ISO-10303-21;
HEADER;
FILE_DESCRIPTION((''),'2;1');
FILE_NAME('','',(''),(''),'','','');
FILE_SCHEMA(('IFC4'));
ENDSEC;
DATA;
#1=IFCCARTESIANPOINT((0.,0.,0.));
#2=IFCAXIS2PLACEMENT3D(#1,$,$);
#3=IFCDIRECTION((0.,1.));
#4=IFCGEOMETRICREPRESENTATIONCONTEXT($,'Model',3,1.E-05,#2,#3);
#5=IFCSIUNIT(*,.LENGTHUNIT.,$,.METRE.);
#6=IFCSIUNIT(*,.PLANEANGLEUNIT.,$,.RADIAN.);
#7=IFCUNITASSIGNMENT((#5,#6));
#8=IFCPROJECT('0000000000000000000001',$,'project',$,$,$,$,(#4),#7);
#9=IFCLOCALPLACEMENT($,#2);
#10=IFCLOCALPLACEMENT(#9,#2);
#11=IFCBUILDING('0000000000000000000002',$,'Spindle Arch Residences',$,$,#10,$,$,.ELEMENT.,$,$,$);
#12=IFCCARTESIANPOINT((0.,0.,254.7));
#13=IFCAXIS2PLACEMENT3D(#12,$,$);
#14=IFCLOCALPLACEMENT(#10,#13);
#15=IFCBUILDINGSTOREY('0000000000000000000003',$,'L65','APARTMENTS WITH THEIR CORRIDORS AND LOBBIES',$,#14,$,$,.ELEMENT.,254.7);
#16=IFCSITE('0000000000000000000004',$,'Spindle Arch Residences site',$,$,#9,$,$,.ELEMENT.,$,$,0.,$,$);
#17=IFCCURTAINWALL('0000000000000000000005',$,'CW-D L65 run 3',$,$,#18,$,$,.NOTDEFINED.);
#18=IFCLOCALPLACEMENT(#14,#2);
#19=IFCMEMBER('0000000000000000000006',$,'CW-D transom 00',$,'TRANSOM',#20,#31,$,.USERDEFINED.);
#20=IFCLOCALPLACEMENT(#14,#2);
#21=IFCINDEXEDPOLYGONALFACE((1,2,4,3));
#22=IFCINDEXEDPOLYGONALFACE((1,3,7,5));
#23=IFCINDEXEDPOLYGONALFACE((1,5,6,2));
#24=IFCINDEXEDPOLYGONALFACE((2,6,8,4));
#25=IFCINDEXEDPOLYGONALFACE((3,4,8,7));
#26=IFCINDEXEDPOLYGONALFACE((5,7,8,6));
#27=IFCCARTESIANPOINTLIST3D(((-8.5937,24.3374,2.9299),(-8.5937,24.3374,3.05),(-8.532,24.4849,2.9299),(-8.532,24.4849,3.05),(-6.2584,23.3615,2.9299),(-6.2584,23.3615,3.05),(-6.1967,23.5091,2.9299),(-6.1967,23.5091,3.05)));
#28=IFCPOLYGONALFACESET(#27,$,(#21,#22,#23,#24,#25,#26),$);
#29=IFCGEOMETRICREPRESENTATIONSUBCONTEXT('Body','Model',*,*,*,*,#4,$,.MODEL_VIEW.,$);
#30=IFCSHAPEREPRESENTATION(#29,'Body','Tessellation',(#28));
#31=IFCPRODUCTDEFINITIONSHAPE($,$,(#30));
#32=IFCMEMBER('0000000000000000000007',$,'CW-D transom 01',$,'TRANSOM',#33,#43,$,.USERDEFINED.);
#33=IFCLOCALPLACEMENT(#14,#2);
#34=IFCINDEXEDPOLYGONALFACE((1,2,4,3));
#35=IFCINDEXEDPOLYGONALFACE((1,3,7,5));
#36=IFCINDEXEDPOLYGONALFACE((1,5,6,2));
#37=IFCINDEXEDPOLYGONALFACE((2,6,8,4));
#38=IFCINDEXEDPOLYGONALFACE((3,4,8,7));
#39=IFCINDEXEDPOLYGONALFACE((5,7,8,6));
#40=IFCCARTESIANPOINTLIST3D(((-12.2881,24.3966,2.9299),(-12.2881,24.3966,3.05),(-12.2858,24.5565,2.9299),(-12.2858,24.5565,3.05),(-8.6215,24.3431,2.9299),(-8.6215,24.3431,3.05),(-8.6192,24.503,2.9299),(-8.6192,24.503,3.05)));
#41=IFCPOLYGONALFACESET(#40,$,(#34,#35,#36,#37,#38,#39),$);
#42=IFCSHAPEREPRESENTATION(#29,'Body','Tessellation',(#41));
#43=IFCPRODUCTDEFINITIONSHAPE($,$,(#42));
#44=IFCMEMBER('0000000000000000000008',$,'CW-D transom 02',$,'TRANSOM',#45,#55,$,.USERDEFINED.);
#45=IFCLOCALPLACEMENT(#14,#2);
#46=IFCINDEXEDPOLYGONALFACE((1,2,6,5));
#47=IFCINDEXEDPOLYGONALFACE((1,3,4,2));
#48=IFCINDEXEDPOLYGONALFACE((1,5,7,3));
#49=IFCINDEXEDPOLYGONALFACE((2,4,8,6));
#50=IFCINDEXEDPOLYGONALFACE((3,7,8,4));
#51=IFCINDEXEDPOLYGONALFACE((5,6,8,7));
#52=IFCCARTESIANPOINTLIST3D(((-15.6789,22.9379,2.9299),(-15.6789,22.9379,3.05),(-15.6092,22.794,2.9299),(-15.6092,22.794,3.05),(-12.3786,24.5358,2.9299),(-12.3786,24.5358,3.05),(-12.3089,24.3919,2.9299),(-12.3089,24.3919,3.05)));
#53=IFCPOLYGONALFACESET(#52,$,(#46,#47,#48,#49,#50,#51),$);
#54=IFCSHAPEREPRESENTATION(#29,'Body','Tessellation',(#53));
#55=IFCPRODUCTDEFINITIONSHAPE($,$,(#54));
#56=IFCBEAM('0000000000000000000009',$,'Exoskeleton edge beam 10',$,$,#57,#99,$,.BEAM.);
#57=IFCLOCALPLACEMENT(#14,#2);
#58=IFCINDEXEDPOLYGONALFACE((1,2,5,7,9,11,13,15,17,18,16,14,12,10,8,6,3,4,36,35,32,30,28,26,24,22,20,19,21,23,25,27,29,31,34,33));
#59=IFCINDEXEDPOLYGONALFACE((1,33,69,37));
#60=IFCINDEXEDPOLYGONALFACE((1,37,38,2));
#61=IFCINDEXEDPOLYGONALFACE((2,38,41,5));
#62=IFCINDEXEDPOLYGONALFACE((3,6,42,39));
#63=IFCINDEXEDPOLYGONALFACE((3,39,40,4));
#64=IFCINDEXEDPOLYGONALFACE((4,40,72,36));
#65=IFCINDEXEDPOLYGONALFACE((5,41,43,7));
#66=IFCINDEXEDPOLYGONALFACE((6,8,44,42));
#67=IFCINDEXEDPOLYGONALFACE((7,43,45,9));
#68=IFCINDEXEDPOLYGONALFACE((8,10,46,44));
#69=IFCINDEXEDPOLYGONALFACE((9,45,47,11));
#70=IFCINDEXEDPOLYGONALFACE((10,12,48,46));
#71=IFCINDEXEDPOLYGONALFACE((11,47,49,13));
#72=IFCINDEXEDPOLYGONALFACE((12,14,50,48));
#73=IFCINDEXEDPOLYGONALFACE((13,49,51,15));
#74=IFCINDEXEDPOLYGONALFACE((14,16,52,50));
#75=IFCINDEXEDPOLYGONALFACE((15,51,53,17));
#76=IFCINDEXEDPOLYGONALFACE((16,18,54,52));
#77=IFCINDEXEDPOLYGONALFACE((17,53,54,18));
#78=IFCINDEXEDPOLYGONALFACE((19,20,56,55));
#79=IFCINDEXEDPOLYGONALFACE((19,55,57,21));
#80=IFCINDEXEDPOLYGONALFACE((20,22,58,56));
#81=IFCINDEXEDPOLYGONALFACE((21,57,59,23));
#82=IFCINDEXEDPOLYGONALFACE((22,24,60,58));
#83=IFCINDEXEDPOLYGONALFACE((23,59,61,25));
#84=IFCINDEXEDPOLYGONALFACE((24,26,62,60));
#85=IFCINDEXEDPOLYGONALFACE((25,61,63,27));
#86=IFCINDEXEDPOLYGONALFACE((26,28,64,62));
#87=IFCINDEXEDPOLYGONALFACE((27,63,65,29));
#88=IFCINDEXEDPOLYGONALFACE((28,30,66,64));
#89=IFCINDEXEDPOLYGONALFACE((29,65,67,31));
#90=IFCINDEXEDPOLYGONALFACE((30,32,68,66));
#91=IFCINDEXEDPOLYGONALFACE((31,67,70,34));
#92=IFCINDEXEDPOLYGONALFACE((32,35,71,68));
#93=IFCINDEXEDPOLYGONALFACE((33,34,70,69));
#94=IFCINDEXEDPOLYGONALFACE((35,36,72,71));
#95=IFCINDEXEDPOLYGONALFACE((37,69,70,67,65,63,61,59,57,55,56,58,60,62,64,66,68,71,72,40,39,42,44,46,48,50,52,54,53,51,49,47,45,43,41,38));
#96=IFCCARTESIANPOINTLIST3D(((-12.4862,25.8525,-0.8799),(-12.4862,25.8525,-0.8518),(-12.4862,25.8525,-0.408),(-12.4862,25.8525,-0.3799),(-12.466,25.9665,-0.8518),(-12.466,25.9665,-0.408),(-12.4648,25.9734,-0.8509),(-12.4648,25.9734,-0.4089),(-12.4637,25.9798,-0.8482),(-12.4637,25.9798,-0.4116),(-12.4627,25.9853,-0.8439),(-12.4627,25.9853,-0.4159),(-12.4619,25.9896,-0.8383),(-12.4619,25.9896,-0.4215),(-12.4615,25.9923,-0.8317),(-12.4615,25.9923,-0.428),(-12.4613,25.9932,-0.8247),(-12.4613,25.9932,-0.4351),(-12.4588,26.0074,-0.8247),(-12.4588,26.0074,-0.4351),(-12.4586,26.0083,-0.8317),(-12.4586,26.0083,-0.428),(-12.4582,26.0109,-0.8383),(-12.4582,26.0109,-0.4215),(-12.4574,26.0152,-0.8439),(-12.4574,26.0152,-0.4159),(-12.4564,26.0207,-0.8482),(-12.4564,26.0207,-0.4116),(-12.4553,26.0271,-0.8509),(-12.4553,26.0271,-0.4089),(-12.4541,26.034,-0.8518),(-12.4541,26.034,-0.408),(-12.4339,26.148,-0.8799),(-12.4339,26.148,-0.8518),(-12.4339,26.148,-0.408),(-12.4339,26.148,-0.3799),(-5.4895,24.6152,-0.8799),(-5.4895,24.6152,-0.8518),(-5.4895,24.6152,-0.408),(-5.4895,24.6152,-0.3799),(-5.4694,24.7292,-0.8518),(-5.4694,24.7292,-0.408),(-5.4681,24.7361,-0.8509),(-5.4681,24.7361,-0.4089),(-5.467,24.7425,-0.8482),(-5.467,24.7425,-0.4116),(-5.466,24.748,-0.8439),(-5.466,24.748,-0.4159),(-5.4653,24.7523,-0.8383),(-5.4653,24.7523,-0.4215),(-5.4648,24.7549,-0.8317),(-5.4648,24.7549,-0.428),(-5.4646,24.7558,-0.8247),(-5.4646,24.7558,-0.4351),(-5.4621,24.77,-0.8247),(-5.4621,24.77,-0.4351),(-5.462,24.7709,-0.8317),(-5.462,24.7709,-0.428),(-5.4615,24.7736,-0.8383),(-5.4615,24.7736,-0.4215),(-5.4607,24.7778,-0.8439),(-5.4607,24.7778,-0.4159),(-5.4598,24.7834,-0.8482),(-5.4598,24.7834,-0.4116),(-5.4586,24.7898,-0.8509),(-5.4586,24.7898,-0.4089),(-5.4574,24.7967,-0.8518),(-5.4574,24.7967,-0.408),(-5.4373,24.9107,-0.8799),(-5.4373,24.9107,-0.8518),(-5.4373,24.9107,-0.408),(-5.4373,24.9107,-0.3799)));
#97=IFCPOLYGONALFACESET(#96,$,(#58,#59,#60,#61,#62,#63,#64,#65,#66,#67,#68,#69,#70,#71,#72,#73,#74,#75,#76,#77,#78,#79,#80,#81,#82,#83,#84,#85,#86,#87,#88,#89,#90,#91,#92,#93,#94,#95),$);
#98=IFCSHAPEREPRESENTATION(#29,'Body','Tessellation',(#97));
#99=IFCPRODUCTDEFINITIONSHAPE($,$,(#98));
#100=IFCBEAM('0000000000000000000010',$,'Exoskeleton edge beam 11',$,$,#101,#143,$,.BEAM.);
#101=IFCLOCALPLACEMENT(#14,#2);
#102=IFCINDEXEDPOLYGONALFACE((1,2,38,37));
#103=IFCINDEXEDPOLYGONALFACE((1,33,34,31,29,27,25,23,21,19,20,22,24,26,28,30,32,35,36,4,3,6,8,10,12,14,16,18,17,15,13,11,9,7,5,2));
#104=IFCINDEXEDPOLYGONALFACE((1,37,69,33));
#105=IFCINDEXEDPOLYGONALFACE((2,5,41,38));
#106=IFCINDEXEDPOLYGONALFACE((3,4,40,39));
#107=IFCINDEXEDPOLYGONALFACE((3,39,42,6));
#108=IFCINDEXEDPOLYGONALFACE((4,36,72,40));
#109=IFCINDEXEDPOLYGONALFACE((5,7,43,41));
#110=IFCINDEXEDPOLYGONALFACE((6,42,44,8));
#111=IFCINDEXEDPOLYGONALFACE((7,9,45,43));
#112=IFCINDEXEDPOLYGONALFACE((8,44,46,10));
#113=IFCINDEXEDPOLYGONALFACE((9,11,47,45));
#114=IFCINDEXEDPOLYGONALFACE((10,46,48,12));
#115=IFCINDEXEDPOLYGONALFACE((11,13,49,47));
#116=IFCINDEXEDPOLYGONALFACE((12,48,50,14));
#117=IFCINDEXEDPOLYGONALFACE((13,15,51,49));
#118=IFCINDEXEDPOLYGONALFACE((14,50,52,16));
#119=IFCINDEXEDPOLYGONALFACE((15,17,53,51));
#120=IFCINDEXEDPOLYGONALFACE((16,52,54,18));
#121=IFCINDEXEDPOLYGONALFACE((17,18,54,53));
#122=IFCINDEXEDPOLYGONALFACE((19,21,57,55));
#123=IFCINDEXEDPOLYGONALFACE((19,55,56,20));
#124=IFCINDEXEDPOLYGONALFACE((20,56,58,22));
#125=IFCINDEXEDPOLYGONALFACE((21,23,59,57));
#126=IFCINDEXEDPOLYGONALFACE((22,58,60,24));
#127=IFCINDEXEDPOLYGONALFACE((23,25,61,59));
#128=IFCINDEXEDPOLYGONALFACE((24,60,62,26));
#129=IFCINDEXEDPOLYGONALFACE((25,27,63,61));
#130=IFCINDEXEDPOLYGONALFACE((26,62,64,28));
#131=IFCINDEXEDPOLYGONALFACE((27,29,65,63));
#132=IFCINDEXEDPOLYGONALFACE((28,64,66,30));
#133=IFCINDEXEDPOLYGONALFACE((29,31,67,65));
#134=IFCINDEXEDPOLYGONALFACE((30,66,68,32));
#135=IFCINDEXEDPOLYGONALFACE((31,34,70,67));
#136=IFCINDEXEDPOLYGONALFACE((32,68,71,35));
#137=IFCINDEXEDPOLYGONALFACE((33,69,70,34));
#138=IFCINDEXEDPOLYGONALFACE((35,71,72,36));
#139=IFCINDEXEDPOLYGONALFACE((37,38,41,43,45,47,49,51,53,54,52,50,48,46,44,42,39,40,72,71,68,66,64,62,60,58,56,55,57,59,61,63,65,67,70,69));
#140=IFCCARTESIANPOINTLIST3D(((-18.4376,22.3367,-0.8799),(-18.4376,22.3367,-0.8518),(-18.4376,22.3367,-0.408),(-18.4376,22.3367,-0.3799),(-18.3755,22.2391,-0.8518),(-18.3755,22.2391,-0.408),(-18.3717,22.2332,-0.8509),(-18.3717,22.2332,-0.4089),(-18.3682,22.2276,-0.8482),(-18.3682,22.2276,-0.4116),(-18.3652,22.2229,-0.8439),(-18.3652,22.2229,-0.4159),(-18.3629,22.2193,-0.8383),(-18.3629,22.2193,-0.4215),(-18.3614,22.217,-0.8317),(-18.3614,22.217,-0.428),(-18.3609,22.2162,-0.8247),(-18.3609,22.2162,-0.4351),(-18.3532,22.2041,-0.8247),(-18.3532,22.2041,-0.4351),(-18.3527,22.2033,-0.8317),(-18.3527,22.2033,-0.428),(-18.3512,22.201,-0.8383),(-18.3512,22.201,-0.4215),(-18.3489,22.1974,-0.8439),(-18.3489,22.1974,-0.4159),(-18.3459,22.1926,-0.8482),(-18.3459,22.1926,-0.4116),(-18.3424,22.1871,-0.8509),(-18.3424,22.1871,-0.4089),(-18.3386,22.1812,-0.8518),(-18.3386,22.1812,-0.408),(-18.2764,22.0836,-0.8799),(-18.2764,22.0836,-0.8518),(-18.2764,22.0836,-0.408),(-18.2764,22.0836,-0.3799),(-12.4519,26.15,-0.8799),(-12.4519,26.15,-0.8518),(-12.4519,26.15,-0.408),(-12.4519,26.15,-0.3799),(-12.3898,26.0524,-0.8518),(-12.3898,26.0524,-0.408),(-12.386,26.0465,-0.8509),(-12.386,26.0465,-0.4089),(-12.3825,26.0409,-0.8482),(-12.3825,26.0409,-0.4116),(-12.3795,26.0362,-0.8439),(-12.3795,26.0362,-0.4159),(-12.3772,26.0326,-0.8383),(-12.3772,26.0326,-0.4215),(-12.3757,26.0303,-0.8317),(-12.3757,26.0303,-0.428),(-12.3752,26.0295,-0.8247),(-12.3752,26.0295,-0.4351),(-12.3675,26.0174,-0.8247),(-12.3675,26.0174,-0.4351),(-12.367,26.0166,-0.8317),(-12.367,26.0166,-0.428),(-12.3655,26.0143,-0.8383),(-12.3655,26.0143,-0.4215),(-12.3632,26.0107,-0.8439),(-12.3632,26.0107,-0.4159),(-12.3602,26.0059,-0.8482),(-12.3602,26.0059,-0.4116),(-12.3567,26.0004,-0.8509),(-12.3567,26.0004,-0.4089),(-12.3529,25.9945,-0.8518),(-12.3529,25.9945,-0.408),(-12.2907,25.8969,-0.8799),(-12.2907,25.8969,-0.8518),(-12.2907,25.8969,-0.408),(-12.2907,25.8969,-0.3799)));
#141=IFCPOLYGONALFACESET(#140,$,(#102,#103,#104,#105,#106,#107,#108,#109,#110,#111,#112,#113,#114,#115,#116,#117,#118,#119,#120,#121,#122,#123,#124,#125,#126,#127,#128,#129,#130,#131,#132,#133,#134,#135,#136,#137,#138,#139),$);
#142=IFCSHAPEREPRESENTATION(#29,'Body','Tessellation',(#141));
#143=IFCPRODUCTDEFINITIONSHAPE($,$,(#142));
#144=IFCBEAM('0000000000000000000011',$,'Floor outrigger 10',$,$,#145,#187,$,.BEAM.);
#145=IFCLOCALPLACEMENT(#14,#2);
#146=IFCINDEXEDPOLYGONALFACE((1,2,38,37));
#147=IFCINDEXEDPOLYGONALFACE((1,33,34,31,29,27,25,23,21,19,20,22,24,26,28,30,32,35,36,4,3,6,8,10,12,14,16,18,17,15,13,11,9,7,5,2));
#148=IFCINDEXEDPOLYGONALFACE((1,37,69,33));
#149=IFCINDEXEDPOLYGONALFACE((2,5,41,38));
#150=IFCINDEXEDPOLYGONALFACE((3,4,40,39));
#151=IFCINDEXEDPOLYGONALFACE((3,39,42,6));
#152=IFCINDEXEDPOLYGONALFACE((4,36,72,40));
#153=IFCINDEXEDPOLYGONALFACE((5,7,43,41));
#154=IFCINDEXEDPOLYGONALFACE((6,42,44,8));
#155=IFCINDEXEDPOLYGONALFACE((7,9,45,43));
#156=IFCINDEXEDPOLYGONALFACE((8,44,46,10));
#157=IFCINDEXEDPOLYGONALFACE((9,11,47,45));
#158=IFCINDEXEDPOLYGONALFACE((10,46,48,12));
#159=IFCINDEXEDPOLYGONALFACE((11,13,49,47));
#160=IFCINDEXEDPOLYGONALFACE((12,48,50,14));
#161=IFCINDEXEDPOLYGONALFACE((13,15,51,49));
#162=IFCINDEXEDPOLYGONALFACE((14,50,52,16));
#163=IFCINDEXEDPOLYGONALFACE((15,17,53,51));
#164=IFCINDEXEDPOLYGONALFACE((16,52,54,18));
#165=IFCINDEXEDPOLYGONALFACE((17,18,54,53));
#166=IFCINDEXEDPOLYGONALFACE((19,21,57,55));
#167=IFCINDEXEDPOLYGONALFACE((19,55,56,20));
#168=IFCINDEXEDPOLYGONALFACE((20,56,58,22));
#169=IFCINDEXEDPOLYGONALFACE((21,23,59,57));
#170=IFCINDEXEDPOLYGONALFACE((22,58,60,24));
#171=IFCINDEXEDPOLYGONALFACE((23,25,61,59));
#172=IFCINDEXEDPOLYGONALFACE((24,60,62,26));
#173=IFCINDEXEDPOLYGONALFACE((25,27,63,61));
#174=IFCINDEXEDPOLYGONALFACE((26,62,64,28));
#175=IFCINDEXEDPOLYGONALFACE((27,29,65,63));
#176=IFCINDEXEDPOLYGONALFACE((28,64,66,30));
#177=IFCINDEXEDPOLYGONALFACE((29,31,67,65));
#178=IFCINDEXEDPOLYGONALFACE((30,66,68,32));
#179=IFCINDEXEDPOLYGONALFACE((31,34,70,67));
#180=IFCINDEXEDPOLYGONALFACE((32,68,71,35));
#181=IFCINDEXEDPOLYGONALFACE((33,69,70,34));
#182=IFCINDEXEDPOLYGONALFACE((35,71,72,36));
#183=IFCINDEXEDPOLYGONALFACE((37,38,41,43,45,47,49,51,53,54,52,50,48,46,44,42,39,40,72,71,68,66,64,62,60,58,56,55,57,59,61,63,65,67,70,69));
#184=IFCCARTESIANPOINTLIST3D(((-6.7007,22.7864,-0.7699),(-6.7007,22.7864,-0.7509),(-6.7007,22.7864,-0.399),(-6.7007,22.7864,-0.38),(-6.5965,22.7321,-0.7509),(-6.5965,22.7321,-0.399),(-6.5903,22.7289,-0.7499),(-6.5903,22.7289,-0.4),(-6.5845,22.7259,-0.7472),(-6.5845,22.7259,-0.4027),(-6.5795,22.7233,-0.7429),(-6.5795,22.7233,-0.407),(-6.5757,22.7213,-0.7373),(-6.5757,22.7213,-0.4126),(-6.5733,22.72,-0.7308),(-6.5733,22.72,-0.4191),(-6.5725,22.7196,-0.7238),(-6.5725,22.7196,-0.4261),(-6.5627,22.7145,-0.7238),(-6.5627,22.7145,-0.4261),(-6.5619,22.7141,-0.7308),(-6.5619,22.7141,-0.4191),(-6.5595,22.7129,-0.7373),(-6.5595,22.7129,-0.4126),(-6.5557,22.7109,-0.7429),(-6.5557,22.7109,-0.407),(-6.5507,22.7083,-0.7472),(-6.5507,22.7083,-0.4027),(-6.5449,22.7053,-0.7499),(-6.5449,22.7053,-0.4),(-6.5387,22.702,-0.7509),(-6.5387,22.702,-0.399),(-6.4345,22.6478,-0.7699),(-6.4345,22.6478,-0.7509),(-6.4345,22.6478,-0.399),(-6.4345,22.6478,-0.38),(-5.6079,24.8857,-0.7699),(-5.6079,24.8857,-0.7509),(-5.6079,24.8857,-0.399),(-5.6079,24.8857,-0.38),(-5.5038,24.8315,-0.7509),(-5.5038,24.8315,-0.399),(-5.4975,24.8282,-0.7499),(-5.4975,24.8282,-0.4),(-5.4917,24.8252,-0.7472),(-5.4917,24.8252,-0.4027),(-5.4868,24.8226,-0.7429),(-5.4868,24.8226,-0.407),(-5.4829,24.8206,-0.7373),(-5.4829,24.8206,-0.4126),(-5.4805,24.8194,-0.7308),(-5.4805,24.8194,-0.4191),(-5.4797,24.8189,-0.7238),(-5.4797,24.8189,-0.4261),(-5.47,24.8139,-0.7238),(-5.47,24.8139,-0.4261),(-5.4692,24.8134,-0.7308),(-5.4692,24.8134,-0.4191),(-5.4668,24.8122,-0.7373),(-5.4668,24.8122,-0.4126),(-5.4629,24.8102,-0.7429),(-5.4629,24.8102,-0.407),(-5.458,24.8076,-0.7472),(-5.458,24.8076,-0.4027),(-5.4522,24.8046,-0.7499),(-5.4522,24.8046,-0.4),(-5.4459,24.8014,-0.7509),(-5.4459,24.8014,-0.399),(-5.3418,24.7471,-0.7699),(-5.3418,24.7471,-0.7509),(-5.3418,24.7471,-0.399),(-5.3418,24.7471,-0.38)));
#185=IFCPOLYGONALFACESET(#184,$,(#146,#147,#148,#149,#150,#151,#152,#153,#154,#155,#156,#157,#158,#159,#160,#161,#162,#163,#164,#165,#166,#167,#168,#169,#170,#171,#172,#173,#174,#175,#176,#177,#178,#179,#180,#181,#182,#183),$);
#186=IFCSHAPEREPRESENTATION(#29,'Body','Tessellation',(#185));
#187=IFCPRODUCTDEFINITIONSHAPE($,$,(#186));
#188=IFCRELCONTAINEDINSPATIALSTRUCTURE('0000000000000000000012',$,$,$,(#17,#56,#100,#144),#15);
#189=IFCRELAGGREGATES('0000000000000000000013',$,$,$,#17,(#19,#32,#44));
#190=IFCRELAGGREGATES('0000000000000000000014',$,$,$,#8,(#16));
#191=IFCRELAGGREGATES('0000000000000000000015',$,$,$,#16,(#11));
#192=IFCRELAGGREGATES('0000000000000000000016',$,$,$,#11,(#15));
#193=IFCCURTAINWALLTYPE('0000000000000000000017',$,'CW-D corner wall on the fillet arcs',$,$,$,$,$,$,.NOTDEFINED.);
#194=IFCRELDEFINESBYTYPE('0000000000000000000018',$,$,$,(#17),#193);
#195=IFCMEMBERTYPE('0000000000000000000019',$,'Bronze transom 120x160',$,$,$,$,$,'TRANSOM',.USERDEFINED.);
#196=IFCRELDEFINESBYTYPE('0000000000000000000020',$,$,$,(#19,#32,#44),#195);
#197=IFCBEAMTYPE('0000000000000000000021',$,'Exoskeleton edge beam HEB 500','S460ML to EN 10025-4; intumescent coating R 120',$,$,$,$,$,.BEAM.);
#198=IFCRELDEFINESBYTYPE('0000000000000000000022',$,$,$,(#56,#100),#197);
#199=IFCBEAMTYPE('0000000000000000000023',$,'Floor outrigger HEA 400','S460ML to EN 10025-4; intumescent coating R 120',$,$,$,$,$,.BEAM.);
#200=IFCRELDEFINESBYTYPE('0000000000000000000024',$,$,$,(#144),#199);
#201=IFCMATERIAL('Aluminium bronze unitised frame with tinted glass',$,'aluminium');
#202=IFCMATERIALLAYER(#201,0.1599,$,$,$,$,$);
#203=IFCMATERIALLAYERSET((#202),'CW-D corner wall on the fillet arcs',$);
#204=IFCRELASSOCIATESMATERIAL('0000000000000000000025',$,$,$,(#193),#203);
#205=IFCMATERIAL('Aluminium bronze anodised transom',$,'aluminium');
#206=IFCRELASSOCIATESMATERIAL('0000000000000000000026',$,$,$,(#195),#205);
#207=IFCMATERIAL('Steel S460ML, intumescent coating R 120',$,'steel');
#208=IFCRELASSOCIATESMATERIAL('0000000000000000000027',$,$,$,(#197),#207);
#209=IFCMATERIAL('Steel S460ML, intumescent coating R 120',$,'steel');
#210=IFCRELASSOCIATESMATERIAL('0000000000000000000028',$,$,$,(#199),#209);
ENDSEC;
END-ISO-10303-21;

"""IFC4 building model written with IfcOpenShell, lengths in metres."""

from ifc_helpers import new_model, si_unit, direction, frame, origin, origin_2d, place, context, subcontext, project, spatial, rectangle, i_section, extrude, material, layer, layer_set, material_profile, profile_set, type_object, element, aggregate, save


model = new_model("IFC4")

# Units and contexts
model_context = context("Model", 3, precision=1e-05, world=origin(), true_north=direction((0.0, 1.0)))
body_context = subcontext(model_context, "Body", "Model", "MODEL_VIEW")
ifc_project = project(units=[si_unit("LENGTHUNIT", "METRE"), si_unit("PLANEANGLEUNIT", "RADIAN")], contexts=[model_context])

# Site, building, storey
site_placement = place(None, origin())
site = spatial("IfcSite", under=ifc_project, at=site_placement, Name="Spindle Arch Residences site", CompositionType="ELEMENT", RefElevation=0.0)
building_placement = place(site_placement, origin())
building = spatial("IfcBuilding", under=site, at=building_placement, Name="Spindle Arch Residences", CompositionType="ELEMENT")
storey_placement = place(building_placement, frame((0.0, 0.0, 254.7)))
storey = spatial("IfcBuildingStorey", under=building, at=storey_placement, Name="L65", Description="APARTMENTS WITH THEIR CORRIDORS AND LOBBIES", CompositionType="ELEMENT", Elevation=254.7)

# Curtain wall, members
ifc_material_1 = material(Name="Aluminium bronze unitised frame with tinted glass", Category="aluminium")
ifc_layer_1 = layer(ifc_material_1, 0.1599)
ifc_layer_set_1 = layer_set([ifc_layer_1], Name="CW-D corner wall on the fillet arcs")
curtain_wall_type_1 = type_object("IfcCurtainWallType", Name="CW-D corner wall on the fillet arcs", PredefinedType="NOTDEFINED", material=ifc_layer_set_1)
curtain_wall_1_placement = place(storey_placement, origin())
curtain_wall_1 = element("IfcCurtainWall", 1, at=curtain_wall_1_placement, inside=storey, type_object=curtain_wall_type_1, Name="CW-D L65 run 3", PredefinedType="NOTDEFINED")
ifc_material_2 = material(Name="Aluminium bronze anodised transom", Category="aluminium")
ifc_material_profile_1 = material_profile(ifc_material_2, rectangle(XDim=0.1599, YDim=0.1201, at=origin_2d()), Name="TR 120x160")
ifc_profile_set_1 = profile_set([ifc_material_profile_1], Name="Aluminium bronze anodised transom")
member_type_1 = type_object("IfcMemberType", Name="Bronze transom 120x160", ElementType="TRANSOM", PredefinedType="USERDEFINED", material=ifc_profile_set_1)
member_1_placement = place(storey_placement, frame((-6.2275, 23.4353, 2.99), z_axis=(-0.92268, 0.385567, 0.0), x_axis=(-0.385567, -0.92268, 0.0)))
member_1 = element("IfcMember", 2, at=member_1_placement, type_object=member_type_1, Name="CW-D transom 00", ObjectType="TRANSOM", PredefinedType="USERDEFINED", context=body_context, shape_type="SweptSolid", body=[
    extrude(rectangle(XDim=0.1599, YDim=0.1201, at=origin_2d()), origin(), (0.0, 0.0, 1.0), 2.531),
])
member_2_placement = place(storey_placement, frame((-8.6204, 24.4231, 2.99), z_axis=(-0.999894, 0.014581, 0.0), x_axis=(-0.014581, -0.999894, 0.0)))
member_2 = element("IfcMember", 3, at=member_2_placement, type_object=member_type_1, Name="CW-D transom 01", ObjectType="TRANSOM", PredefinedType="USERDEFINED", context=body_context, shape_type="SweptSolid", body=[
    extrude(rectangle(XDim=0.1599, YDim=0.1201, at=origin_2d()), origin(), (0.0, 0.0, 1.0), 3.667),
])
member_3_placement = place(storey_placement, frame((-12.3438, 24.4639, 2.99), z_axis=(-0.900054, -0.435778, 0.0), x_axis=(0.435778, -0.900054, 0.0)))
member_3 = element("IfcMember", 4, at=member_3_placement, type_object=member_type_1, Name="CW-D transom 02", ObjectType="TRANSOM", PredefinedType="USERDEFINED", context=body_context, shape_type="SweptSolid", body=[
    extrude(rectangle(XDim=0.1599, YDim=0.1201, at=origin_2d()), origin(), (0.0, 0.0, 1.0), 3.6667),
])

# Beams
ifc_material_3 = material(Name="Steel S460ML, intumescent coating R 120", Category="steel")
ifc_material_profile_2 = material_profile(ifc_material_3, i_section(OverallWidth=0.3, OverallDepth=0.5, WebThickness=0.0144, FlangeThickness=0.0281, FilletRadius=0.0271, at=origin_2d()), Name="HEB 500")
ifc_profile_set_2 = profile_set([ifc_material_profile_2], Name="Steel S460ML, intumescent coating R 120")
beam_type_1 = type_object("IfcBeamType", Name="Exoskeleton edge beam HEB 500", Description="S460ML to EN 10025-4; intumescent coating R 120", PredefinedType="BEAM", material=ifc_profile_set_2)
beam_1_placement = place(storey_placement, frame((-5.4634, 24.7629, -0.6299), z_axis=(-0.984721, 0.174142, 0.0), x_axis=(-0.174142, -0.984721, 0.0)))
element("IfcBeam", 5, at=beam_1_placement, inside=storey, type_object=beam_type_1, Name="Exoskeleton edge beam 10", PredefinedType="BEAM", context=body_context, shape_type="SweptSolid", body=[
    extrude(i_section(OverallWidth=0.3, OverallDepth=0.5, WebThickness=0.0144, FlangeThickness=0.0281, FilletRadius=0.0271, at=origin_2d()), origin(), (0.0, 0.0, 1.0), 7.1052),
])
beam_2_placement = place(storey_placement, frame((-12.3713, 26.0234, -0.6299), z_axis=(-0.843392, -0.537298, 0.0), x_axis=(0.537298, -0.843392, 0.0)))
element("IfcBeam", 6, at=beam_2_placement, inside=storey, type_object=beam_type_1, Name="Exoskeleton edge beam 11", PredefinedType="BEAM", context=body_context, shape_type="SweptSolid", body=[
    extrude(i_section(OverallWidth=0.3, OverallDepth=0.5, WebThickness=0.0144, FlangeThickness=0.0281, FilletRadius=0.0271, at=origin_2d()), origin(), (0.0, 0.0, 1.0), 7.0972),
])
ifc_material_4 = material(Name="Steel S460ML, intumescent coating R 120", Category="steel")
ifc_material_profile_3 = material_profile(ifc_material_4, i_section(OverallWidth=0.3, OverallDepth=0.3899, WebThickness=0.011, FlangeThickness=0.019, FilletRadius=0.0271, at=origin_2d()), Name="HEA 400")
ifc_profile_set_3 = profile_set([ifc_material_profile_3], Name="Steel S460ML, intumescent coating R 120")
beam_type_2 = type_object("IfcBeamType", Name="Floor outrigger HEA 400", Description="S460ML to EN 10025-4; intumescent coating R 120", PredefinedType="BEAM", material=ifc_profile_set_3)
beam_3_placement = place(storey_placement, frame((-5.4749, 24.8164, -0.575), z_axis=(-0.46172, -0.887026, 0.0), x_axis=(0.887026, -0.46172, 0.0)))
element("IfcBeam", 7, at=beam_3_placement, inside=storey, type_object=beam_type_2, Name="Floor outrigger 10", PredefinedType="BEAM", context=body_context, shape_type="SweptSolid", body=[
    extrude(i_section(OverallWidth=0.3, OverallDepth=0.3899, WebThickness=0.011, FlangeThickness=0.019, FilletRadius=0.0271, at=origin_2d()), origin(), (0.0, 0.0, 1.0), 2.3667),
])

aggregate(curtain_wall_1, [member_1, member_2, member_3])

save(model, "model.ifc")
